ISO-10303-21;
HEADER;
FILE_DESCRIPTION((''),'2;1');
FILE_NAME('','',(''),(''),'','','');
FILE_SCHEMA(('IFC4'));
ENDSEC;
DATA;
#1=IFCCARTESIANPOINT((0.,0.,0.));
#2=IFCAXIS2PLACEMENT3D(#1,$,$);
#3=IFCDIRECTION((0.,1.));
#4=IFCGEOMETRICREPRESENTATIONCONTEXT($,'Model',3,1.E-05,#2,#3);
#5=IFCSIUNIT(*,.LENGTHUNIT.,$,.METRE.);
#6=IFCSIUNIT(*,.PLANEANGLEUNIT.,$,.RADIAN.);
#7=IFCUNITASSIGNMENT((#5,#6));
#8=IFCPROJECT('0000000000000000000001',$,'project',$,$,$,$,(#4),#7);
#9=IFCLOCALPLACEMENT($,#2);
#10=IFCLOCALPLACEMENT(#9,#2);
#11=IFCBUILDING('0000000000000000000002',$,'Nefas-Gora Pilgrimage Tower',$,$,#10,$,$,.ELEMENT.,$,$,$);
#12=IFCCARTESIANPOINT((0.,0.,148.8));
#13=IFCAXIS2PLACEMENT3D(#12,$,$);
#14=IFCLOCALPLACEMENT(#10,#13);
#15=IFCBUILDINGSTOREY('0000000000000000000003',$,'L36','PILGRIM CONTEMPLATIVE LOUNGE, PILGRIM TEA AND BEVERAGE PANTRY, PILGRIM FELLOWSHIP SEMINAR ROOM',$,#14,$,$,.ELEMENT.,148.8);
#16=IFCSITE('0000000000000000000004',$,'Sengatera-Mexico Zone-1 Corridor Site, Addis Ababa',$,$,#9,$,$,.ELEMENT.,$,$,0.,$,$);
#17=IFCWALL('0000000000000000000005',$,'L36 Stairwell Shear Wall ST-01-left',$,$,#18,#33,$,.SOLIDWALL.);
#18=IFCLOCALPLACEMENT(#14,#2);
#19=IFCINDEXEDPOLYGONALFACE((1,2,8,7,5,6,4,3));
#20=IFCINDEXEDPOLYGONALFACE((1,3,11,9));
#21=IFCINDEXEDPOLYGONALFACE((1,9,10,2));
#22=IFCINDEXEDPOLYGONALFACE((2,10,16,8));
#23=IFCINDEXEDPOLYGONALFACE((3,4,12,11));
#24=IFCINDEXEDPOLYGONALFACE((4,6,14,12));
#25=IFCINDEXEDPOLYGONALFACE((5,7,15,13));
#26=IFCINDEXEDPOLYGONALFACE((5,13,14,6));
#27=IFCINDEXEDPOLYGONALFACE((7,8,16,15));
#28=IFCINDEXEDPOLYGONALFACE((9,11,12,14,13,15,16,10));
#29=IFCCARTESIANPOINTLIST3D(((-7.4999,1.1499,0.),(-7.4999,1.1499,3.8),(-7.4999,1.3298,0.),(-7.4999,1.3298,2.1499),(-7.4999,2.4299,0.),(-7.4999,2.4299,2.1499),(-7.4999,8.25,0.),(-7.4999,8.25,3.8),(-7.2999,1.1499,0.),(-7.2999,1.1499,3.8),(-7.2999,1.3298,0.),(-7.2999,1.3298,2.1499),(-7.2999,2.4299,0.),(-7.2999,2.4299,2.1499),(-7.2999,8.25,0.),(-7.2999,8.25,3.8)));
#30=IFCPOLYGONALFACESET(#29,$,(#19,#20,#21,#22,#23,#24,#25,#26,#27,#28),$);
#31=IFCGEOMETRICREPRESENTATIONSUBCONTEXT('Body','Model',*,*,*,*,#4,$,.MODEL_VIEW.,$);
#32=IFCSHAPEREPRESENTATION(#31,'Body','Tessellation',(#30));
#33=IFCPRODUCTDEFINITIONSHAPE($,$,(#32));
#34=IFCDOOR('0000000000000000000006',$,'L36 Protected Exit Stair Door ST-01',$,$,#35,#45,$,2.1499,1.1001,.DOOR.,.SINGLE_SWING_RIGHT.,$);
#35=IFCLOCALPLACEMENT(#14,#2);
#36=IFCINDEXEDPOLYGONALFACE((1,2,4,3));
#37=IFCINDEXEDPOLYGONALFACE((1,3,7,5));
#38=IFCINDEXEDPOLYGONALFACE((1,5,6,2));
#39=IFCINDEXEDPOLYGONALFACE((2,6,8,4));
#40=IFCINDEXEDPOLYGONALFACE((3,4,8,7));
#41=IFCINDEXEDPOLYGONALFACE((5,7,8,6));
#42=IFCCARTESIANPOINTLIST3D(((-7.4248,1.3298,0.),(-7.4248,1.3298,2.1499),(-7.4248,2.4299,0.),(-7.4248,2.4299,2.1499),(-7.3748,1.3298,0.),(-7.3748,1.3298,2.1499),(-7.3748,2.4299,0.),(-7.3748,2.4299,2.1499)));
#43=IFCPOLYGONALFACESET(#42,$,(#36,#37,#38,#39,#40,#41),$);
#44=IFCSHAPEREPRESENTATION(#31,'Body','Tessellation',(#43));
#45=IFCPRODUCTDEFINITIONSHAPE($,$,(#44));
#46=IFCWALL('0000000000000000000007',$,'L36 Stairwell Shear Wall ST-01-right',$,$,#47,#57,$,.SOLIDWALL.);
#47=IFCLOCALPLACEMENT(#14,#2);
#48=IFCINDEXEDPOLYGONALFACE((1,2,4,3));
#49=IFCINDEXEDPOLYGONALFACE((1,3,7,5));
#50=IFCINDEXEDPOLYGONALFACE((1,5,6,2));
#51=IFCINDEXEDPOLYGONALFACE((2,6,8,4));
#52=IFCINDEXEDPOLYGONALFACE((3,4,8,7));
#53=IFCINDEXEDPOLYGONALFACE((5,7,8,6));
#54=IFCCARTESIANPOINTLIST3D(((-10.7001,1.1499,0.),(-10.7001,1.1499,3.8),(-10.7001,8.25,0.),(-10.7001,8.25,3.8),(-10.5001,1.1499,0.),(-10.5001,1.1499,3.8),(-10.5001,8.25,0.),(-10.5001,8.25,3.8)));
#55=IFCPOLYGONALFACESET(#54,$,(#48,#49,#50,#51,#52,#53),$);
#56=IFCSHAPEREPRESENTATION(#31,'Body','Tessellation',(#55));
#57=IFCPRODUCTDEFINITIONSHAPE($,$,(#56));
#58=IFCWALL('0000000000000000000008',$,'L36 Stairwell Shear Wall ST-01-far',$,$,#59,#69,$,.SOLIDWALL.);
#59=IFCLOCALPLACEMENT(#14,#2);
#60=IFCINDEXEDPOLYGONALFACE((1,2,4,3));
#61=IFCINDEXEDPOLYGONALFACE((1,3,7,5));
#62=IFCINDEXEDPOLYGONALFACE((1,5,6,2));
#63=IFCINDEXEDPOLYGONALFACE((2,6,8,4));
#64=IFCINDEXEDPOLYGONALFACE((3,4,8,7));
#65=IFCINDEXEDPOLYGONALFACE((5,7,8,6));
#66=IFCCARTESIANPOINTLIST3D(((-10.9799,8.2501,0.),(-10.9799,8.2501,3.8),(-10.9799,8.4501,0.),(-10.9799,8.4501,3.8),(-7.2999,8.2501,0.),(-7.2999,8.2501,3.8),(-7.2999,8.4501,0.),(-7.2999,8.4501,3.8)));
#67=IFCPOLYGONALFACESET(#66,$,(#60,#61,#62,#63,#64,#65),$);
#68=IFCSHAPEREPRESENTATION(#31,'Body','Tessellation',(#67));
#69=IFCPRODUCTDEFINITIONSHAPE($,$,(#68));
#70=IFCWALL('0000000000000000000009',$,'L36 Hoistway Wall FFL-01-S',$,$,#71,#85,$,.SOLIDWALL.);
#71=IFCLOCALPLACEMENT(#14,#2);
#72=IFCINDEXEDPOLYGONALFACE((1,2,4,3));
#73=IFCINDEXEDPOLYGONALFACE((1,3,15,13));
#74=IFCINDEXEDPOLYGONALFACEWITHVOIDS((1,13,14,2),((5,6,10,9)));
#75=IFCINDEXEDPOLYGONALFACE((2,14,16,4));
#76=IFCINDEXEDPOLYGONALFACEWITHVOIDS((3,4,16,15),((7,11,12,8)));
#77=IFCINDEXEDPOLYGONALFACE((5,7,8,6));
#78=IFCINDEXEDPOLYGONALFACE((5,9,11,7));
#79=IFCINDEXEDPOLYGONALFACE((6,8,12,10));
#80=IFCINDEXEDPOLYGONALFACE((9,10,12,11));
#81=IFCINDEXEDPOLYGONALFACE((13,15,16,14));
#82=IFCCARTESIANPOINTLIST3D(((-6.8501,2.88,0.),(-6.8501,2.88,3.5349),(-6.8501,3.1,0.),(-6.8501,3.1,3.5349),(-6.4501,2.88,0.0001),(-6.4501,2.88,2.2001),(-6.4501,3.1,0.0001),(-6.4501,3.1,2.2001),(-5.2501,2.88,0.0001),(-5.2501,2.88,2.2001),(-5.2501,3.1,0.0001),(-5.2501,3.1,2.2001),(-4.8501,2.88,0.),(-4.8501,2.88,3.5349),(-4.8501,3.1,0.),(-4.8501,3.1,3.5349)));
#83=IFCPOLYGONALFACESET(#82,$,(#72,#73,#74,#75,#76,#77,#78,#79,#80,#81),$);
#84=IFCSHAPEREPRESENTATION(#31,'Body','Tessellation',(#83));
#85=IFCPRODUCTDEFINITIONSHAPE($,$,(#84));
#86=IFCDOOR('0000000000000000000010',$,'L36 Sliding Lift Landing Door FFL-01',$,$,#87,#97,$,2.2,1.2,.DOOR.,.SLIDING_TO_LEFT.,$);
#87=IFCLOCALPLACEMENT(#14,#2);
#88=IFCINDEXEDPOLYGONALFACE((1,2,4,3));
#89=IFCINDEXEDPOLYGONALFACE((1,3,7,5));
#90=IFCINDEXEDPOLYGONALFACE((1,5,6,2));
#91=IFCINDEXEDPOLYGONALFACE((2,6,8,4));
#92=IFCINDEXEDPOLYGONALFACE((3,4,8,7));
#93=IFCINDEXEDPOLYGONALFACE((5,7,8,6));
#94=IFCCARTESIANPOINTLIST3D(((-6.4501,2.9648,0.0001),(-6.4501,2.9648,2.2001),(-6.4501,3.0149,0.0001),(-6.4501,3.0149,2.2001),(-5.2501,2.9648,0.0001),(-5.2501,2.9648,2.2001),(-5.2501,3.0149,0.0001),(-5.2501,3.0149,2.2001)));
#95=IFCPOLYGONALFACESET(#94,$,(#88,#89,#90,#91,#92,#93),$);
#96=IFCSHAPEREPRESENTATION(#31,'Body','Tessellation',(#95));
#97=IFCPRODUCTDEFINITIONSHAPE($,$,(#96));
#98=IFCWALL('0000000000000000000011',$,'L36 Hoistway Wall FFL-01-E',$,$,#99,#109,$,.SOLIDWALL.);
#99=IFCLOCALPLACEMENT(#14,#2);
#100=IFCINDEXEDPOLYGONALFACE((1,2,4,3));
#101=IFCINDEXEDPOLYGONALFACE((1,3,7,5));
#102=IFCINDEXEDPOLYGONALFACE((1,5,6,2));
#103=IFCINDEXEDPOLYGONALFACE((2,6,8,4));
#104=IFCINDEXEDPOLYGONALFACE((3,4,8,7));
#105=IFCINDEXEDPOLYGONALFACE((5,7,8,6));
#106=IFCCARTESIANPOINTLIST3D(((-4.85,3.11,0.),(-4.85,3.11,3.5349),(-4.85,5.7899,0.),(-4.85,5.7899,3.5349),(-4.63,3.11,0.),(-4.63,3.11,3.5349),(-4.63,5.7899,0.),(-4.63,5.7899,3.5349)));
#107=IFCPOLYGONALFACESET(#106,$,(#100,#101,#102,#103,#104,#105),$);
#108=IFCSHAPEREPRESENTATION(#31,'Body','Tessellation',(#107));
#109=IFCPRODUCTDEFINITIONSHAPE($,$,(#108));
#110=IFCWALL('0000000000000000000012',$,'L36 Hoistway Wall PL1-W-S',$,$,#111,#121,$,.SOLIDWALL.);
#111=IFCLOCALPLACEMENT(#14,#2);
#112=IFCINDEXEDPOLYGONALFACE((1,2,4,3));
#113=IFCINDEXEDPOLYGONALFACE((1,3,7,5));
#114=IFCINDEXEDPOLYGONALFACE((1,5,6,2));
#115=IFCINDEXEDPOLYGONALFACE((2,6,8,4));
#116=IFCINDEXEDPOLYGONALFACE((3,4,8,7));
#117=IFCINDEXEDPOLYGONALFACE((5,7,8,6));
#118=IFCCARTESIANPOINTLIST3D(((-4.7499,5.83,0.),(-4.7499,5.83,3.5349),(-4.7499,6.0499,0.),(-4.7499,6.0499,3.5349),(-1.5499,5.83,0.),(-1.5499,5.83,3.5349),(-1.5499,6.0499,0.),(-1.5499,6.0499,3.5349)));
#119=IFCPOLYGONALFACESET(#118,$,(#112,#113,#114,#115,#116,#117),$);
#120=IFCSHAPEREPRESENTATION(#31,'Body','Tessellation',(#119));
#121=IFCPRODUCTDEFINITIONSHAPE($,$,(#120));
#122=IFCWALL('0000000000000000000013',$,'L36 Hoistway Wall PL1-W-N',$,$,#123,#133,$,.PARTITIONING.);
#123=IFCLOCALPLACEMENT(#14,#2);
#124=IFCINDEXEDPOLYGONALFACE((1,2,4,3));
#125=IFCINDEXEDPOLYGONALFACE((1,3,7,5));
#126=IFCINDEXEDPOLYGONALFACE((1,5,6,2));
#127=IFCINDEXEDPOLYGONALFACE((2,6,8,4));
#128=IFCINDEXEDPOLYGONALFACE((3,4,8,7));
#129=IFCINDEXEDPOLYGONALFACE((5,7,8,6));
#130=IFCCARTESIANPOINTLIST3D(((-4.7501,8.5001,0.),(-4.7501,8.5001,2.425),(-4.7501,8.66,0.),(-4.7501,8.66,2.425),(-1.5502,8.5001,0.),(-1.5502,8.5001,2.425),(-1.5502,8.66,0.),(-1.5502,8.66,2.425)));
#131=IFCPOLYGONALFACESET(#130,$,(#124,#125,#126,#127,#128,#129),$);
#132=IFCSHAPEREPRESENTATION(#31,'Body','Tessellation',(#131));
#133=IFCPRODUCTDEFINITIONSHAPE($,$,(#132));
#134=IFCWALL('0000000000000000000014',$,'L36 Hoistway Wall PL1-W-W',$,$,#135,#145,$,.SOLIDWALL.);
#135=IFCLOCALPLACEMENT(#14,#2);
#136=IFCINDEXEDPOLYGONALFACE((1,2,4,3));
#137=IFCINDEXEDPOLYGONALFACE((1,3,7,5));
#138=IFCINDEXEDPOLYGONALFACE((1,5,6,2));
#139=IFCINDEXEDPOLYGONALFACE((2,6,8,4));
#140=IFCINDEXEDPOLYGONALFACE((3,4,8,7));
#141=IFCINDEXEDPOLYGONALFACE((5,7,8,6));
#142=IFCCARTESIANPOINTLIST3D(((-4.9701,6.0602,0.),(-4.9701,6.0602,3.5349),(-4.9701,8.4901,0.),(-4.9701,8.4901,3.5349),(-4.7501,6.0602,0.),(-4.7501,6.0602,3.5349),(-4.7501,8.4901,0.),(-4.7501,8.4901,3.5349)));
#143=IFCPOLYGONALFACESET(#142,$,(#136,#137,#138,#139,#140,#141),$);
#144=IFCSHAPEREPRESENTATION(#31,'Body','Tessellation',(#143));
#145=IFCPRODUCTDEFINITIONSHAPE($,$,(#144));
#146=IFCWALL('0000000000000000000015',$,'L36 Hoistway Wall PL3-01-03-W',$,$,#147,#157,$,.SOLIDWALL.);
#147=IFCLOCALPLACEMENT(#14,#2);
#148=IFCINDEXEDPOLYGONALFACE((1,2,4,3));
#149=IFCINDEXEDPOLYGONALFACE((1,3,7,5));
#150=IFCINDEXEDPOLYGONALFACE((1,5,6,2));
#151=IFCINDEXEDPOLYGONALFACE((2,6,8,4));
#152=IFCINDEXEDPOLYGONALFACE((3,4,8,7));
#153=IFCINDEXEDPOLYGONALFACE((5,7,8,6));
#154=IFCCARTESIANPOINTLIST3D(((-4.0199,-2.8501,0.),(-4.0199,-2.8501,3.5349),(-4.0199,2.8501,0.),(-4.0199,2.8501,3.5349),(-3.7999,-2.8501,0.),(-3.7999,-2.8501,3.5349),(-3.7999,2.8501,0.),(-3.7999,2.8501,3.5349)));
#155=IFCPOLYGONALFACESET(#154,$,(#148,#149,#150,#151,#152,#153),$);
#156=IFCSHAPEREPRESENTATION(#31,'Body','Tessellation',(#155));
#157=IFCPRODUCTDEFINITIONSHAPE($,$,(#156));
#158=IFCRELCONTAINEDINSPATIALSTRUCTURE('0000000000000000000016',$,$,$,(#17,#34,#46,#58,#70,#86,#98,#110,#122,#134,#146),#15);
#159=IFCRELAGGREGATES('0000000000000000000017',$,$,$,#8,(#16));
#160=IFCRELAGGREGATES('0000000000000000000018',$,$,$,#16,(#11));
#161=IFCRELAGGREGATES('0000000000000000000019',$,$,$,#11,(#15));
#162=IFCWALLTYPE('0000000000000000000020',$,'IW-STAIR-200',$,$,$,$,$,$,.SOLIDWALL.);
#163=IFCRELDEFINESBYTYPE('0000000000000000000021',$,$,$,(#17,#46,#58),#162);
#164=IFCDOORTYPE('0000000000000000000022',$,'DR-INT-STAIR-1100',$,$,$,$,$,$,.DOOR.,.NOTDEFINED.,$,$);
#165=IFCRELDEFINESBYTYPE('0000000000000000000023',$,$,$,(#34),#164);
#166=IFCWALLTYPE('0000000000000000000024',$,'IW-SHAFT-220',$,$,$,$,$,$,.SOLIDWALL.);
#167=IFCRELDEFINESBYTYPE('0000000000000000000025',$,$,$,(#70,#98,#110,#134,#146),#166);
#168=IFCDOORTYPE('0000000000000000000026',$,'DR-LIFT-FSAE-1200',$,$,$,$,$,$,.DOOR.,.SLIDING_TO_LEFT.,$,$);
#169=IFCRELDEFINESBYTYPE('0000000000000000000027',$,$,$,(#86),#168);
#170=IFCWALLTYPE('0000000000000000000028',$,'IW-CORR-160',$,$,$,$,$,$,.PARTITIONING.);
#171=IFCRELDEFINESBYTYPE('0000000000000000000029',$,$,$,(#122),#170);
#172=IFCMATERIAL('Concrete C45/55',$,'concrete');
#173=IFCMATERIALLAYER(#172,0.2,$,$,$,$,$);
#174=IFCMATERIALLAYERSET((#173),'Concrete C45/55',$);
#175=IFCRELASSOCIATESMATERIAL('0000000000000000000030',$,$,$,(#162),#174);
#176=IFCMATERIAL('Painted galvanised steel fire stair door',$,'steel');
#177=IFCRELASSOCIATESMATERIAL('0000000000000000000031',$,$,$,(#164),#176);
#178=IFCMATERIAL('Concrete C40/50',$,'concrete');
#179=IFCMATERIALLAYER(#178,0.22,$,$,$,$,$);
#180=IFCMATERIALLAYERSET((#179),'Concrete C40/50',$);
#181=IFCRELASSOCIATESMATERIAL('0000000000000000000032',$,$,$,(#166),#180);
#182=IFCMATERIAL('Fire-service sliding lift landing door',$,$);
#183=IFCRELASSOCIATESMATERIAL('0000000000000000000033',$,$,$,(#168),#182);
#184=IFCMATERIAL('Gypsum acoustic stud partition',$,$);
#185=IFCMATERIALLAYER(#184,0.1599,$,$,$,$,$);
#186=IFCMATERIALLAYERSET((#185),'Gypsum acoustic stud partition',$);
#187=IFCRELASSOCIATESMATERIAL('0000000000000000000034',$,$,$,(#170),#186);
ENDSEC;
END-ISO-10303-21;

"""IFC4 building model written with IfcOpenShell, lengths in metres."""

from ifc_helpers import new_model, si_unit, direction, frame, frame_2d, origin, place, context, subcontext, project, spatial, rectangle, extrude, source, transform, mapped, material, layer, layer_set, type_object, element, fill, save


model = new_model("IFC4")

# Units and contexts
model_context = context("Model", 3, precision=1e-05, world=origin(), true_north=direction((0.0, 1.0)))
body_context = subcontext(model_context, "Body", "Model", "MODEL_VIEW")
ifc_project = project(units=[si_unit("LENGTHUNIT", "METRE"), si_unit("PLANEANGLEUNIT", "RADIAN")], contexts=[model_context])

# Site, building, storey
site_placement = place(None, origin())
site = spatial("IfcSite", under=ifc_project, at=site_placement, Name="Sengatera-Mexico Zone-1 Corridor Site, Addis Ababa", CompositionType="ELEMENT", RefElevation=0.0)
building_placement = place(site_placement, origin())
building = spatial("IfcBuilding", under=site, at=building_placement, Name="Nefas-Gora Pilgrimage Tower", CompositionType="ELEMENT")
storey_placement = place(building_placement, frame((0.0, 0.0, 148.8)))
storey = spatial("IfcBuildingStorey", under=building, at=storey_placement, Name="L36", Description="PILGRIM CONTEMPLATIVE LOUNGE, PILGRIM TEA AND BEVERAGE PANTRY, PILGRIM FELLOWSHIP SEMINAR ROOM", CompositionType="ELEMENT", Elevation=148.8)

# Shared definitions
ifc_material_1 = material(Name="Concrete C45/55", Category="concrete")
ifc_layer_1 = layer(ifc_material_1, 0.2)
ifc_layer_set_1 = layer_set([ifc_layer_1], Name="Concrete C45/55")
wall_type_1 = type_object("IfcWallType", Name="IW-STAIR-200", PredefinedType="SOLIDWALL", material=ifc_layer_set_1)

# Wall, opening, door
shared_shape_1 = source(origin(), body_context, "Body", "SweptSolid", [
    extrude(rectangle(XDim=7.1001, YDim=0.2, at=frame_2d((3.55, 0.0))), origin(), (0.0, 0.0, 1.0), 3.8),
])
wall_1_placement = place(storey_placement, frame((-7.3999, 1.1499, 0.0), z_axis=(0.0, 0.0, 1.0), x_axis=(0.0, 1.0, 0.0)))
wall_1 = element("IfcWall", 1, at=wall_1_placement, inside=storey, type_object=wall_type_1, Name="L36 Stairwell Shear Wall ST-01-left", PredefinedType="SOLIDWALL", context=body_context, shape_type="MappedRepresentation", body=[
    mapped(shared_shape_1, transform((0.0, 0.0, 0.0), x_axis=(1.0, 0.0, 0.0), y_axis=(0.0, 1.0, 0.0), z_axis=(0.0, 0.0, 1.0), scale=1.0)),
])
opening_1_placement = place(wall_1_placement, frame((0.1799, 0.0, 0.0)))
opening_1 = element("IfcOpeningElement", 2, at=opening_1_placement, cuts=wall_1, PredefinedType="OPENING", context=body_context, shape_type="SweptSolid", body=[
    extrude(rectangle(XDim=1.1001, YDim=2.1499, at=frame_2d((0.55, 1.075))), frame((0.0, 0.1099, 0.0), z_axis=(0.0, -1.0, 0.0), x_axis=(1.0, 0.0, 0.0)), (0.0, 0.0, 1.0), 0.22),
])
ifc_material_2 = material(Name="Painted galvanised steel fire stair door", Category="steel")
door_type_1 = type_object("IfcDoorType", Name="DR-INT-STAIR-1100", OperationType="NOTDEFINED", PredefinedType="DOOR", material=ifc_material_2)
shared_shape_2 = source(origin(), body_context, "Body", "SweptSolid", [
    extrude(rectangle(XDim=1.1001, YDim=2.1499, at=frame_2d((0.55, 1.075))), frame((0.0, 0.0249, 0.0), z_axis=(0.0, -1.0, 0.0), x_axis=(1.0, 0.0, 0.0)), (0.0, 0.0, 1.0), 0.05),
])
door_1_placement = place(opening_1_placement, origin())
door_1 = element("IfcDoor", 3, at=door_1_placement, inside=storey, type_object=door_type_1, Name="L36 Protected Exit Stair Door ST-01", OperationType="SINGLE_SWING_RIGHT", OverallHeight=2.1499, OverallWidth=1.1001, PredefinedType="DOOR", context=body_context, shape_type="MappedRepresentation", body=[
    mapped(shared_shape_2, transform((0.0, 0.0, 0.0), x_axis=(1.0, 0.0, 0.0), y_axis=(0.0, 1.0, 0.0), z_axis=(0.0, 0.0, 1.0), scale=1.0)),
])
fill(opening_1, door_1)

# Walls
wall_2_placement = place(storey_placement, frame((-10.6001, 1.1499, 0.0), z_axis=(0.0, 0.0, 1.0), x_axis=(0.0, 1.0, 0.0)))
element("IfcWall", 4, at=wall_2_placement, inside=storey, type_object=wall_type_1, Name="L36 Stairwell Shear Wall ST-01-right", PredefinedType="SOLIDWALL", context=body_context, shape_type="MappedRepresentation", body=[
    mapped(shared_shape_1, transform((0.0, 0.0, 0.0), x_axis=(1.0, 0.0, 0.0), y_axis=(0.0, 1.0, 0.0), z_axis=(0.0, 0.0, 1.0), scale=1.0)),
])
shared_shape_3 = source(origin(), body_context, "Body", "SweptSolid", [
    extrude(rectangle(XDim=3.6799, YDim=0.2, at=frame_2d((1.8398, 0.0))), origin(), (0.0, 0.0, 1.0), 3.8),
])
wall_3_placement = place(storey_placement, frame((-7.3, 8.3501, 0.0), z_axis=(0.0, 0.0, 1.0), x_axis=(-1.0, 0.0, 0.0)))
element("IfcWall", 5, at=wall_3_placement, inside=storey, type_object=wall_type_1, Name="L36 Stairwell Shear Wall ST-01-far", PredefinedType="SOLIDWALL", context=body_context, shape_type="MappedRepresentation", body=[
    mapped(shared_shape_3, transform((0.0, 0.0, 0.0), x_axis=(1.0, 0.0, 0.0), y_axis=(0.0, 1.0, 0.0), z_axis=(0.0, 0.0, 1.0), scale=1.0)),
])

# Wall, opening, door
ifc_material_3 = material(Name="Concrete C40/50", Category="concrete")
ifc_layer_2 = layer(ifc_material_3, 0.22)
ifc_layer_set_2 = layer_set([ifc_layer_2], Name="Concrete C40/50")
wall_type_2 = type_object("IfcWallType", Name="IW-SHAFT-220", PredefinedType="SOLIDWALL", material=ifc_layer_set_2)
shared_shape_4 = source(origin(), body_context, "Body", "SweptSolid", [
    extrude(rectangle(XDim=2.0, YDim=0.22, at=frame_2d((1.0, 0.0))), origin(), (0.0, 0.0, 1.0), 3.5349),
])
wall_4_placement = place(storey_placement, frame((-6.8501, 2.99, 0.0), z_axis=(0.0, 0.0, 1.0), x_axis=(1.0, 0.0, 0.0)))
wall_4 = element("IfcWall", 6, at=wall_4_placement, inside=storey, type_object=wall_type_2, Name="L36 Hoistway Wall FFL-01-S", PredefinedType="SOLIDWALL", context=body_context, shape_type="MappedRepresentation", body=[
    mapped(shared_shape_4, transform((0.0, 0.0, 0.0), x_axis=(1.0, 0.0, 0.0), y_axis=(0.0, 1.0, 0.0), z_axis=(0.0, 0.0, 1.0), scale=1.0)),
])
opening_2_placement = place(wall_4_placement, frame((0.3999, 0.0, 0.0)))
opening_2 = element("IfcOpeningElement", 7, at=opening_2_placement, cuts=wall_4, PredefinedType="OPENING", context=body_context, shape_type="SweptSolid", body=[
    extrude(rectangle(XDim=1.2, YDim=2.2, at=frame_2d((0.6001, 1.1001))), frame((0.0, 0.1199, 0.0), z_axis=(0.0, -1.0, 0.0), x_axis=(1.0, 0.0, 0.0)), (0.0, 0.0, 1.0), 0.24),
])
ifc_material_4 = material(Name="Fire-service sliding lift landing door")
door_type_2 = type_object("IfcDoorType", Name="DR-LIFT-FSAE-1200", OperationType="SLIDING_TO_LEFT", PredefinedType="DOOR", material=ifc_material_4)
shared_shape_5 = source(origin(), body_context, "Body", "SweptSolid", [
    extrude(rectangle(XDim=1.2, YDim=2.2, at=frame_2d((0.6001, 1.1001))), frame((0.0, 0.0249, 0.0), z_axis=(0.0, -1.0, 0.0), x_axis=(1.0, 0.0, 0.0)), (0.0, 0.0, 1.0), 0.05),
])
door_2_placement = place(opening_2_placement, origin())
door_2 = element("IfcDoor", 8, at=door_2_placement, inside=storey, type_object=door_type_2, Name="L36 Sliding Lift Landing Door FFL-01", OperationType="SLIDING_TO_LEFT", OverallHeight=2.2, OverallWidth=1.2, PredefinedType="DOOR", context=body_context, shape_type="MappedRepresentation", body=[
    mapped(shared_shape_5, transform((0.0, 0.0, 0.0), x_axis=(1.0, 0.0, 0.0), y_axis=(0.0, 1.0, 0.0), z_axis=(0.0, 0.0, 1.0), scale=1.0)),
])
fill(opening_2, door_2)

# Walls
shared_shape_6 = source(origin(), body_context, "Body", "SweptSolid", [
    extrude(rectangle(XDim=2.6799, YDim=0.22, at=frame_2d((1.3398, 0.0))), origin(), (0.0, 0.0, 1.0), 3.5349),
])
wall_5_placement = place(storey_placement, frame((-4.74, 3.1101, 0.0), z_axis=(0.0, 0.0, 1.0), x_axis=(0.0, 1.0, 0.0)))
element("IfcWall", 9, at=wall_5_placement, inside=storey, type_object=wall_type_2, Name="L36 Hoistway Wall FFL-01-E", PredefinedType="SOLIDWALL", context=body_context, shape_type="MappedRepresentation", body=[
    mapped(shared_shape_6, transform((0.0, 0.0, 0.0), x_axis=(1.0, 0.0, 0.0), y_axis=(0.0, 1.0, 0.0), z_axis=(0.0, 0.0, 1.0), scale=1.0)),
])
shared_shape_7 = source(origin(), body_context, "Body", "SweptSolid", [
    extrude(rectangle(XDim=3.2, YDim=0.22, at=frame_2d((1.6001, 0.0))), origin(), (0.0, 0.0, 1.0), 3.5349),
])
wall_6_placement = place(storey_placement, frame((-4.75, 5.9399, 0.0), z_axis=(0.0, 0.0, 1.0), x_axis=(1.0, 0.0, 0.0)))
element("IfcWall", 10, at=wall_6_placement, inside=storey, type_object=wall_type_2, Name="L36 Hoistway Wall PL1-W-S", PredefinedType="SOLIDWALL", context=body_context, shape_type="MappedRepresentation", body=[
    mapped(shared_shape_7, transform((0.0, 0.0, 0.0), x_axis=(1.0, 0.0, 0.0), y_axis=(0.0, 1.0, 0.0), z_axis=(0.0, 0.0, 1.0), scale=1.0)),
])
ifc_material_5 = material(Name="Gypsum acoustic stud partition")
ifc_layer_3 = layer(ifc_material_5, 0.1599)
ifc_layer_set_3 = layer_set([ifc_layer_3], Name="Gypsum acoustic stud partition")
wall_type_3 = type_object("IfcWallType", Name="IW-CORR-160", PredefinedType="PARTITIONING", material=ifc_layer_set_3)
shared_shape_8 = source(origin(), body_context, "Body", "SweptSolid", [
    extrude(rectangle(XDim=3.2, YDim=0.1599, at=frame_2d((1.6001, 0.0))), origin(), (0.0, 0.0, 1.0), 2.425),
])
wall_7_placement = place(storey_placement, frame((-1.55, 8.5801, 0.0), z_axis=(0.0, 0.0, 1.0), x_axis=(-1.0, 0.0, 0.0)))
element("IfcWall", 11, at=wall_7_placement, inside=storey, type_object=wall_type_3, Name="L36 Hoistway Wall PL1-W-N", PredefinedType="PARTITIONING", context=body_context, shape_type="MappedRepresentation", body=[
    mapped(shared_shape_8, transform((0.0, 0.0, 0.0), x_axis=(1.0, 0.0, 0.0), y_axis=(0.0, 1.0, 0.0), z_axis=(0.0, 0.0, 1.0), scale=1.0)),
])
shared_shape_9 = source(origin(), body_context, "Body", "SweptSolid", [
    extrude(rectangle(XDim=2.4299, YDim=0.22, at=frame_2d((1.2148, 0.0))), origin(), (0.0, 0.0, 1.0), 3.5349),
])
wall_8_placement = place(storey_placement, frame((-4.8601, 8.49, 0.0), z_axis=(0.0, 0.0, 1.0), x_axis=(0.0, -1.0, 0.0)))
element("IfcWall", 12, at=wall_8_placement, inside=storey, type_object=wall_type_2, Name="L36 Hoistway Wall PL1-W-W", PredefinedType="SOLIDWALL", context=body_context, shape_type="MappedRepresentation", body=[
    mapped(shared_shape_9, transform((0.0, 0.0, 0.0), x_axis=(1.0, 0.0, 0.0), y_axis=(0.0, 1.0, 0.0), z_axis=(0.0, 0.0, 1.0), scale=1.0)),
])
shared_shape_10 = source(origin(), body_context, "Body", "SweptSolid", [
    extrude(rectangle(XDim=5.7002, YDim=0.22, at=frame_2d((2.8501, 0.0))), origin(), (0.0, 0.0, 1.0), 3.5349),
])
wall_9_placement = place(storey_placement, frame((-3.9099, 2.8501, 0.0), z_axis=(0.0, 0.0, 1.0), x_axis=(0.0, -1.0, 0.0)))
element("IfcWall", 13, at=wall_9_placement, inside=storey, type_object=wall_type_2, Name="L36 Hoistway Wall PL3-01-03-W", PredefinedType="SOLIDWALL", context=body_context, shape_type="MappedRepresentation", body=[
    mapped(shared_shape_10, transform((0.0, 0.0, 0.0), x_axis=(1.0, 0.0, 0.0), y_axis=(0.0, 1.0, 0.0), z_axis=(0.0, 0.0, 1.0), scale=1.0)),
])

save(model, "model.ifc")
